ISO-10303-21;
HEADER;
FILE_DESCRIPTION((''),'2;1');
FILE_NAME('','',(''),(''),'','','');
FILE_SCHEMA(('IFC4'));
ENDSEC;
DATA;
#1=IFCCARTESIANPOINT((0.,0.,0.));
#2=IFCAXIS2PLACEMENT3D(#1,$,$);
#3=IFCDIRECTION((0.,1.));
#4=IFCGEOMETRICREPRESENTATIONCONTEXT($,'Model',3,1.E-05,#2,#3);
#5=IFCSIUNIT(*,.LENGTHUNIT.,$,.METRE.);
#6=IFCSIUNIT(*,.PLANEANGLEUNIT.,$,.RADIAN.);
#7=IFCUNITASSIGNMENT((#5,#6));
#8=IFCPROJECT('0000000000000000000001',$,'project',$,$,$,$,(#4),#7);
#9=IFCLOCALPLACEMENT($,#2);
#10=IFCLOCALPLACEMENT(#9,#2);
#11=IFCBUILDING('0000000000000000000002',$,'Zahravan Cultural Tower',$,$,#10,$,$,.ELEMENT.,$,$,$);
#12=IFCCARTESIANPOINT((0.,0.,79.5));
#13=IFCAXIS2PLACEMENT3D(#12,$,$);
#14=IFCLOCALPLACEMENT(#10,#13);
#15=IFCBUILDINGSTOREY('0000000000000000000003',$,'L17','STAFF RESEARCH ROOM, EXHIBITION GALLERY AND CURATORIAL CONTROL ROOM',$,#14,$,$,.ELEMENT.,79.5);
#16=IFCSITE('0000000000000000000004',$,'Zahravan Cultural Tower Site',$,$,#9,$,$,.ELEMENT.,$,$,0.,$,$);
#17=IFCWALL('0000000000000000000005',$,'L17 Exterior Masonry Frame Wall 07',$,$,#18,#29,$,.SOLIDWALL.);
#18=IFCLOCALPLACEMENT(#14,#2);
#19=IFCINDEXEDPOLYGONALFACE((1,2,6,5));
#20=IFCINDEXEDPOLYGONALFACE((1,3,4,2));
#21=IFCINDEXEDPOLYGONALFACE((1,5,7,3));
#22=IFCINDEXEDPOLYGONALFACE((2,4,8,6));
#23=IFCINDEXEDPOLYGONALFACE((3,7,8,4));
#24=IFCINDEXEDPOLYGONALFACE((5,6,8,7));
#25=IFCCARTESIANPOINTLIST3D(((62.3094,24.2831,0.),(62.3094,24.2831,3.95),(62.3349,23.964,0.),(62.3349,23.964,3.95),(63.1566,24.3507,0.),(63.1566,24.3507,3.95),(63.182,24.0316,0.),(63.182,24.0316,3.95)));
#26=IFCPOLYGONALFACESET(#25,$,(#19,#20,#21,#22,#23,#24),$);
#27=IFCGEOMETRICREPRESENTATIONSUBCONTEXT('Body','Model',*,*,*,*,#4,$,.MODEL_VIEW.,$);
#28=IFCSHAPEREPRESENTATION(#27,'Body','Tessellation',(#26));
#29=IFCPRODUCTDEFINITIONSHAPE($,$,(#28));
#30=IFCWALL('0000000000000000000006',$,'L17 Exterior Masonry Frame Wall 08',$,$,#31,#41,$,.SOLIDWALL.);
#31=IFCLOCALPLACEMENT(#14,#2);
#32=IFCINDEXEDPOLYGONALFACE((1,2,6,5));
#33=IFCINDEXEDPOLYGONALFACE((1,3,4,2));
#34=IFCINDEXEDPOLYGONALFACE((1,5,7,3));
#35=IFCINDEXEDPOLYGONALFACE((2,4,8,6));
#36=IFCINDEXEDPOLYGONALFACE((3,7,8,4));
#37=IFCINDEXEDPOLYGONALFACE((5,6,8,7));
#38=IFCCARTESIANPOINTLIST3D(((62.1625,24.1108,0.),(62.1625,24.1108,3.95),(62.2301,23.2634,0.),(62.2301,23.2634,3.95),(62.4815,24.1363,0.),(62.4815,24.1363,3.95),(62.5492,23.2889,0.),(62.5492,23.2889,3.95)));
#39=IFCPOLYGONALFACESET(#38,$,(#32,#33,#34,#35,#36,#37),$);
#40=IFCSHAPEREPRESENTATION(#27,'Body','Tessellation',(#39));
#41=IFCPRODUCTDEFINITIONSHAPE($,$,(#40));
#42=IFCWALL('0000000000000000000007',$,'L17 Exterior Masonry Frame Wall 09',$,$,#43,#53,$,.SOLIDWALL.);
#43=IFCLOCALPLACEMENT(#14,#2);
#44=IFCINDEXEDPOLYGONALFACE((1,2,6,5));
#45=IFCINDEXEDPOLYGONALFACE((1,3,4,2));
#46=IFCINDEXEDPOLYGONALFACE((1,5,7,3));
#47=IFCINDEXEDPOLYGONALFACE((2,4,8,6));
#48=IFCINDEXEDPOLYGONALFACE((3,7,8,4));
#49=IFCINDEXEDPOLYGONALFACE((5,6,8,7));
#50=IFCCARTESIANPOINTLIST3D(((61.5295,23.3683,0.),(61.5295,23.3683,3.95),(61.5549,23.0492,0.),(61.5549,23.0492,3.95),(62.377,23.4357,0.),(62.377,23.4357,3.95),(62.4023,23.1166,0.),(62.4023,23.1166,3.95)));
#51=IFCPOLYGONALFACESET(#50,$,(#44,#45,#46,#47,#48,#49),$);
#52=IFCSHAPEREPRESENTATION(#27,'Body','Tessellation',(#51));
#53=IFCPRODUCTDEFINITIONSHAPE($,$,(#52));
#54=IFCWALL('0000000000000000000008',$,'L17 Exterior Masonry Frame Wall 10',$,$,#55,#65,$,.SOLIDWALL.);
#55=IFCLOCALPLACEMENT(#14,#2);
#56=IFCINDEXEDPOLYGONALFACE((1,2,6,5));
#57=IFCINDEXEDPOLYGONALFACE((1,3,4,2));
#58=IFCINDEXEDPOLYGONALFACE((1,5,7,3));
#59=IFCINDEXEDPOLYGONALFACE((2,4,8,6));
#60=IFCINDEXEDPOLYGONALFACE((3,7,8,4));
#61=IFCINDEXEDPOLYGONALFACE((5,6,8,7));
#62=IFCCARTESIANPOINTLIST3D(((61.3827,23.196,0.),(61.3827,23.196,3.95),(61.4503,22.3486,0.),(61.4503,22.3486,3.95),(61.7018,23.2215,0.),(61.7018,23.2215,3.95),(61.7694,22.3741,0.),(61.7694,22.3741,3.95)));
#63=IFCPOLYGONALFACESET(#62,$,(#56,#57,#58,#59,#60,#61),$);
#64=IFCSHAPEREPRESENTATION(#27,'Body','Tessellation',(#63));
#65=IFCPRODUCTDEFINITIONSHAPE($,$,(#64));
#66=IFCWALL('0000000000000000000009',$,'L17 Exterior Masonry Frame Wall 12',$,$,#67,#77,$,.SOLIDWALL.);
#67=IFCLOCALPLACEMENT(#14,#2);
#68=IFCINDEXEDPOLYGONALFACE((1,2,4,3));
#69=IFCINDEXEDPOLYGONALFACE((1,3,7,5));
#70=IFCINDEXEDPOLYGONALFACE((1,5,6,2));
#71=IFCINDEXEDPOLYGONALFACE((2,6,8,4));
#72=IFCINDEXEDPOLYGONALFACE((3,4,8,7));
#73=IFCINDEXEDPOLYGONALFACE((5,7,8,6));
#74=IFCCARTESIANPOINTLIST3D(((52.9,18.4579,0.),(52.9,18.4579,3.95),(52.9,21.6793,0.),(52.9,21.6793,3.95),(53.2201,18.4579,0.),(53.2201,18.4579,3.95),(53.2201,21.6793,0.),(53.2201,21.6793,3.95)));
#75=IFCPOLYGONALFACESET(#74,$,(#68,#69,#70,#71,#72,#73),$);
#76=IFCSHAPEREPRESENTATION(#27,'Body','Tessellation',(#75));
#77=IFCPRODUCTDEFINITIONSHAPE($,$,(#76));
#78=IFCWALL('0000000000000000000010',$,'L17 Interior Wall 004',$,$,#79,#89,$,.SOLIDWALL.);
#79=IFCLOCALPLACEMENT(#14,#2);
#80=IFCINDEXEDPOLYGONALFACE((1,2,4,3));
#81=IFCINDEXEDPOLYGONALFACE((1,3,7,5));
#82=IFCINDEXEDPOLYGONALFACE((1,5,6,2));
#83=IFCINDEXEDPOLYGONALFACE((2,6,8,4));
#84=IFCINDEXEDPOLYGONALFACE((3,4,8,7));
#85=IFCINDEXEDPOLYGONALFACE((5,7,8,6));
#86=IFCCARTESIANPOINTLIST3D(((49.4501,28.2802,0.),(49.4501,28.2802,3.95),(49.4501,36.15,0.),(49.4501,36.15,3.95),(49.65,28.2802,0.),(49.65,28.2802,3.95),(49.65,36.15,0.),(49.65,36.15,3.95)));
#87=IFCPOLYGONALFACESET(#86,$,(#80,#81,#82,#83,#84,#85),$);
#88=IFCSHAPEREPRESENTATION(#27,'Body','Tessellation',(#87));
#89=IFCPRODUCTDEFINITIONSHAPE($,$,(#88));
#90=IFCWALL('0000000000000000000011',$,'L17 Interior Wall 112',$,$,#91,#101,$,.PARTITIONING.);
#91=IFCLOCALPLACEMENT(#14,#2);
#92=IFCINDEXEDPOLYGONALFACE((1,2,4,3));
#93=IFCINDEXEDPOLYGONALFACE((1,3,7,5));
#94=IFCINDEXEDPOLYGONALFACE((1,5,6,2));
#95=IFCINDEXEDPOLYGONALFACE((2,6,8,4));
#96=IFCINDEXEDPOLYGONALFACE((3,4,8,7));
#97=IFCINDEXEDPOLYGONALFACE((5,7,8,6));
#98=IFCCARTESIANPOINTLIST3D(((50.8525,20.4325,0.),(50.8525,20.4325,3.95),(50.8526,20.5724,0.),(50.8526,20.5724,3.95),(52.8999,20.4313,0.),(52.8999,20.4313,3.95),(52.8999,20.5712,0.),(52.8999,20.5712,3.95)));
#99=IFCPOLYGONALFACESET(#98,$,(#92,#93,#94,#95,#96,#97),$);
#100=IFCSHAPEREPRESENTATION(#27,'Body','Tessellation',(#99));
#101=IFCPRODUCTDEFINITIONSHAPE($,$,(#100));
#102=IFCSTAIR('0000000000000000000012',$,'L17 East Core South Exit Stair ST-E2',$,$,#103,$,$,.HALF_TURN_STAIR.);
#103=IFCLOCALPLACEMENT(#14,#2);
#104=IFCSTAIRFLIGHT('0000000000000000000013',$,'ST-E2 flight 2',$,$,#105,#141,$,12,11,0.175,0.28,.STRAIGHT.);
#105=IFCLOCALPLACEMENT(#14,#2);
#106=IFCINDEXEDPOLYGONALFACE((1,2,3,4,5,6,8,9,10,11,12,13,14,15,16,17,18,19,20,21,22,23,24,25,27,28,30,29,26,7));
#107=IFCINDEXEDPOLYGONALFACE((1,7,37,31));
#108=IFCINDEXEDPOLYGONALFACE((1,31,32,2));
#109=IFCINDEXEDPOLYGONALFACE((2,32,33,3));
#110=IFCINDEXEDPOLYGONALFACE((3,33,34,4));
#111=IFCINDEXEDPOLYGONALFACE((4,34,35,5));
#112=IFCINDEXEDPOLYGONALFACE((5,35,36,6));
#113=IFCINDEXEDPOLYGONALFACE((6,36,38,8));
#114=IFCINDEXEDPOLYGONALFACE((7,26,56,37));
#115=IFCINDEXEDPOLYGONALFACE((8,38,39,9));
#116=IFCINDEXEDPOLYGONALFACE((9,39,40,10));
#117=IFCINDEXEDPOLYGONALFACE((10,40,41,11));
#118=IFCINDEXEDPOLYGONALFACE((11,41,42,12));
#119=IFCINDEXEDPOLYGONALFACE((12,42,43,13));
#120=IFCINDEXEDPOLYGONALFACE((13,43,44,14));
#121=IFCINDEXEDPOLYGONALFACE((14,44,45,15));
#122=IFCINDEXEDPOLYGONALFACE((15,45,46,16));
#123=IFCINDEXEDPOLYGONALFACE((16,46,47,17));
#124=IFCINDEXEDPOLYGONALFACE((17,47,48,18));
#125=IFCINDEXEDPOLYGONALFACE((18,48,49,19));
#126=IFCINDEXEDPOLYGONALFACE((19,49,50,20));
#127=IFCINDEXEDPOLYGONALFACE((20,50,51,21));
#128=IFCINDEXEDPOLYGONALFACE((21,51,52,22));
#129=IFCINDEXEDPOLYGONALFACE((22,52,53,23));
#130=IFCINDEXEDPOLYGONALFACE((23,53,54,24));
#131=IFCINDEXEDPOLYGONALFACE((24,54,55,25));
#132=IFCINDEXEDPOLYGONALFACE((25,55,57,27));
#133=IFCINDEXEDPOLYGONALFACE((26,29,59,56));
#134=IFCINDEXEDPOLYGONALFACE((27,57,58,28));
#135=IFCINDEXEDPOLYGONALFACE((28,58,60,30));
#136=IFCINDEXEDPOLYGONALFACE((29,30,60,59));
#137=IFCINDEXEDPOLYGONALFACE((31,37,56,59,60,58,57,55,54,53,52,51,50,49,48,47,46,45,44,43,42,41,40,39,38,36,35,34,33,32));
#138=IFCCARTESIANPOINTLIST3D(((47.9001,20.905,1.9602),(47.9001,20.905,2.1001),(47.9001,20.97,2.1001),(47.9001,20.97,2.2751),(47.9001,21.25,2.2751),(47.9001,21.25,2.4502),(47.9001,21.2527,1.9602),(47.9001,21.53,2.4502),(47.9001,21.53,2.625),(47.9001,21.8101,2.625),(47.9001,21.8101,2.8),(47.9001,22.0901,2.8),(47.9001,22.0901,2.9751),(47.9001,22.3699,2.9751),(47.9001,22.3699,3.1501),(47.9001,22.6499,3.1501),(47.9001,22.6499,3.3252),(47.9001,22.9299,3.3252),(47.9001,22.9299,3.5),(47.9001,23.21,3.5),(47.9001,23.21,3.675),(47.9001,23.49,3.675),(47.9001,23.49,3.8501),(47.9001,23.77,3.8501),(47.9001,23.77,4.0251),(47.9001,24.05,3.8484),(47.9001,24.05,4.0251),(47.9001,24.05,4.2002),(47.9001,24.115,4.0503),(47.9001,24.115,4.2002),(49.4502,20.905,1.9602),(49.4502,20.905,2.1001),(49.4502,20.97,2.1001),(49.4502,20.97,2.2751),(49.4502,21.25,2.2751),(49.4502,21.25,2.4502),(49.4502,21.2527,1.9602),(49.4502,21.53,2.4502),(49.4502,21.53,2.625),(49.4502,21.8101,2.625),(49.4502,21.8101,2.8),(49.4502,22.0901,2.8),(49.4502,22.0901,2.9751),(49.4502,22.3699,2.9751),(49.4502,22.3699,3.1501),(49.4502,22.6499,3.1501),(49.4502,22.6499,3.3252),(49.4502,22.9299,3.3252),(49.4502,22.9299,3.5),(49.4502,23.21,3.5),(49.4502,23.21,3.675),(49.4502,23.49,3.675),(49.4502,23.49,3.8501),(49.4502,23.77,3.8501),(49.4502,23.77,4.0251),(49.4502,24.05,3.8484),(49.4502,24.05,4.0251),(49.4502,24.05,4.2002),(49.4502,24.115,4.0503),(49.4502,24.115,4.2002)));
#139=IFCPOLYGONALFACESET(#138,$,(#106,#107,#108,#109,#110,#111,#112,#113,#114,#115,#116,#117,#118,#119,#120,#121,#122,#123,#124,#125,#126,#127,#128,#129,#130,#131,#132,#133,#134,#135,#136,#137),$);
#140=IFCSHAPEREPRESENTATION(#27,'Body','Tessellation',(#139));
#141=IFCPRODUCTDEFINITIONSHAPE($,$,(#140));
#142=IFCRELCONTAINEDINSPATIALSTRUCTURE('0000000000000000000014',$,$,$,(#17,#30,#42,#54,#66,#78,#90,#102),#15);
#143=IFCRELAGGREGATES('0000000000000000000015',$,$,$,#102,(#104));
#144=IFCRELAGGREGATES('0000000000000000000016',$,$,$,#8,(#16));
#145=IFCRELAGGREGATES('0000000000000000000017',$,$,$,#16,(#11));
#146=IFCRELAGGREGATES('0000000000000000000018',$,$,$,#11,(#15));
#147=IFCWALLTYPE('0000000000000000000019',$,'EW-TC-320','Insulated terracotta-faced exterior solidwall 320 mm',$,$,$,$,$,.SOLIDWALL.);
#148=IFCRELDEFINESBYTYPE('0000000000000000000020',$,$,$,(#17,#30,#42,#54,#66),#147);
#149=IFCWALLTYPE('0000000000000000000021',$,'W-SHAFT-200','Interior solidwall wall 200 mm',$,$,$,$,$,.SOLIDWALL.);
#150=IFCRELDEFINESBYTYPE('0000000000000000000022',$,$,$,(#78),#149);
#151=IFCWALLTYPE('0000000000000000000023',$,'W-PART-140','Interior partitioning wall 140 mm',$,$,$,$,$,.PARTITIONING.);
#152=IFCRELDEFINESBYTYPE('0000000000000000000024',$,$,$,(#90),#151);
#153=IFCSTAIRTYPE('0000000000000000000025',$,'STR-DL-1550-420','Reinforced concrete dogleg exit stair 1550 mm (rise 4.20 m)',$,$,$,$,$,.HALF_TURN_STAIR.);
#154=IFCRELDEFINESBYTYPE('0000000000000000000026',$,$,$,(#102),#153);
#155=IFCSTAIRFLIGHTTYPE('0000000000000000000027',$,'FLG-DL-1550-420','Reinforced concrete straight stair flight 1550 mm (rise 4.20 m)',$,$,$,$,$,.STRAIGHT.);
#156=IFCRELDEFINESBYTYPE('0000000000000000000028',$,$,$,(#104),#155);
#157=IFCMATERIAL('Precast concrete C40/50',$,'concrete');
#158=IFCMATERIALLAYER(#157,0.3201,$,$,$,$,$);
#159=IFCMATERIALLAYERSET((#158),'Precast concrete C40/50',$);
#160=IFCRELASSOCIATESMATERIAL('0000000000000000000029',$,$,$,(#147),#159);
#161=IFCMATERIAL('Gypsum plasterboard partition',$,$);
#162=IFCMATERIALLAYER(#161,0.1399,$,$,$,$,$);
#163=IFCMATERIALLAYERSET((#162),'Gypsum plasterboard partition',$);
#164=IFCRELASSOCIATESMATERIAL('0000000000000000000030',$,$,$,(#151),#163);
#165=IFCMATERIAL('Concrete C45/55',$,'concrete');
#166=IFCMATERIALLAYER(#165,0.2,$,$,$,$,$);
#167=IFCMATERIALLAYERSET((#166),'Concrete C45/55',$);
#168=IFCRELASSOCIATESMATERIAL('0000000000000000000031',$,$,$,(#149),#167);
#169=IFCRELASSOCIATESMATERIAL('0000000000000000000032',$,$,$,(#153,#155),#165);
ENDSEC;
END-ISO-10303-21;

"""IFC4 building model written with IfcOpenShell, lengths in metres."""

from ifc_helpers import new_model, si_unit, direction, frame, frame_2d, origin, place, context, subcontext, project, spatial, polyline, rectangle, outline, extrude, source, transform, mapped, material, layer, layer_set, type_object, element, aggregate, save


model = new_model("IFC4")

# Units and contexts
model_context = context("Model", 3, precision=1e-05, world=origin(), true_north=direction((0.0, 1.0)))
body_context = subcontext(model_context, "Body", "Model", "MODEL_VIEW")
ifc_project = project(units=[si_unit("LENGTHUNIT", "METRE"), si_unit("PLANEANGLEUNIT", "RADIAN")], contexts=[model_context])

# Site, building, storey
site_placement = place(None, origin())
site = spatial("IfcSite", under=ifc_project, at=site_placement, Name="Zahravan Cultural Tower Site", CompositionType="ELEMENT", RefElevation=0.0)
building_placement = place(site_placement, origin())
building = spatial("IfcBuilding", under=site, at=building_placement, Name="Zahravan Cultural Tower", CompositionType="ELEMENT")
storey_placement = place(building_placement, frame((0.0, 0.0, 79.5)))
storey = spatial("IfcBuildingStorey", under=building, at=storey_placement, Name="L17", Description="STAFF RESEARCH ROOM, EXHIBITION GALLERY AND CURATORIAL CONTROL ROOM", CompositionType="ELEMENT", Elevation=79.5)

# Shared definitions
ifc_material_1 = material(Name="Precast concrete C40/50", Category="concrete")
ifc_layer_1 = layer(ifc_material_1, 0.3201)
ifc_layer_set_1 = layer_set([ifc_layer_1], Name="Precast concrete C40/50")
wall_type_1 = type_object("IfcWallType", Name="EW-TC-320", Description="Insulated terracotta-faced exterior solidwall 320 mm", PredefinedType="SOLIDWALL", material=ifc_layer_set_1)

# Shared definitions
ifc_material_2 = material(Name="Gypsum plasterboard partition")
ifc_layer_2 = layer(ifc_material_2, 0.1399)
ifc_layer_set_2 = layer_set([ifc_layer_2], Name="Gypsum plasterboard partition")
wall_type_2 = type_object("IfcWallType", Name="W-PART-140", Description="Interior partitioning wall 140 mm", PredefinedType="PARTITIONING", material=ifc_layer_set_2)

# Walls
shared_shape_1 = source(origin(), body_context, "Body", "SweptSolid", [
    extrude(rectangle(XDim=0.8499, YDim=0.3201, at=frame_2d((0.4248, 0.0))), origin(), (0.0, 0.0, 1.0), 3.95),
])
wall_1_placement = place(storey_placement, frame((63.1692, 24.1912, 0.0), z_axis=(0.0, 0.0, 1.0), x_axis=(-0.996829, -0.079574, 0.0)))
element("IfcWall", 1, at=wall_1_placement, inside=storey, type_object=wall_type_1, Name="L17 Exterior Masonry Frame Wall 07", PredefinedType="SOLIDWALL", context=body_context, shape_type="MappedRepresentation", body=[
    mapped(shared_shape_1, transform((0.0, 0.0, 0.0), x_axis=(1.0, 0.0, 0.0), y_axis=(0.0, 1.0, 0.0), z_axis=(0.0, 0.0, 1.0), scale=1.0)),
])
shared_shape_2 = source(origin(), body_context, "Body", "SweptSolid", [
    extrude(rectangle(XDim=0.8501, YDim=0.3201, at=frame_2d((0.425, 0.0))), origin(), (0.0, 0.0, 1.0), 3.95),
])
for number, where, z_axis, x_axis, name in (
    (2, (62.322, 24.1235, 0.0), (0.0, 0.0, 1.0), (0.079551, -0.996831, 0.0), "L17 Exterior Masonry Frame Wall 08"),
    (3, (62.3896, 23.2761, 0.0), (0.0, 0.0, 1.0), (-0.996854, -0.079266, 0.0), "L17 Exterior Masonry Frame Wall 09"),
    (4, (61.5422, 23.2087, 0.0), (0.0, 0.0, 1.0), (0.079551, -0.996831, 0.0), "L17 Exterior Masonry Frame Wall 10"),
):
    element("IfcWall", number, at=place(storey_placement, frame(where, z_axis=z_axis, x_axis=x_axis)), inside=storey, type_object=wall_type_1, Name=name, PredefinedType="SOLIDWALL", context=body_context, shape_type="MappedRepresentation", body=[
        mapped(shared_shape_2, transform((0.0, 0.0, 0.0), x_axis=(1.0, 0.0, 0.0), y_axis=(0.0, 1.0, 0.0), z_axis=(0.0, 0.0, 1.0), scale=1.0)),
    ])
shared_shape_3 = source(origin(), body_context, "Body", "SweptSolid", [
    extrude(rectangle(XDim=3.2214, YDim=0.3201, at=frame_2d((1.6108, 0.0))), origin(), (0.0, 0.0, 1.0), 3.95),
])
wall_2_placement = place(storey_placement, frame((53.0601, 21.6794, 0.0), z_axis=(0.0, 0.0, 1.0), x_axis=(0.0, -1.0, 0.0)))
element("IfcWall", 5, at=wall_2_placement, inside=storey, type_object=wall_type_1, Name="L17 Exterior Masonry Frame Wall 12", PredefinedType="SOLIDWALL", context=body_context, shape_type="MappedRepresentation", body=[
    mapped(shared_shape_3, transform((0.0, 0.0, 0.0), x_axis=(1.0, 0.0, 0.0), y_axis=(0.0, 1.0, 0.0), z_axis=(0.0, 0.0, 1.0), scale=1.0)),
])
ifc_material_3 = material(Name="Concrete C45/55", Category="concrete")
ifc_layer_3 = layer(ifc_material_3, 0.2)
ifc_layer_set_3 = layer_set([ifc_layer_3], Name="Concrete C45/55")
wall_type_3 = type_object("IfcWallType", Name="W-SHAFT-200", Description="Interior solidwall wall 200 mm", PredefinedType="SOLIDWALL", material=ifc_layer_set_3)
shared_shape_4 = source(origin(), body_context, "Body", "SweptSolid", [
    extrude(rectangle(XDim=7.8699, YDim=0.2, at=frame_2d((3.9351, 0.0))), origin(), (0.0, 0.0, 1.0), 3.95),
])
wall_3_placement = place(storey_placement, frame((49.55, 28.28, 0.0), z_axis=(0.0, 0.0, 1.0), x_axis=(0.0, 1.0, 0.0)))
element("IfcWall", 6, at=wall_3_placement, inside=storey, type_object=wall_type_3, Name="L17 Interior Wall 004", PredefinedType="SOLIDWALL", context=body_context, shape_type="MappedRepresentation", body=[
    mapped(shared_shape_4, transform((0.0, 0.0, 0.0), x_axis=(1.0, 0.0, 0.0), y_axis=(0.0, 1.0, 0.0), z_axis=(0.0, 0.0, 1.0), scale=1.0)),
])
shared_shape_5 = source(origin(), body_context, "Body", "SweptSolid", [
    extrude(rectangle(XDim=2.0474, YDim=0.1399, at=frame_2d((1.0237, 0.0))), origin(), (0.0, 0.0, 1.0), 3.95),
])
wall_4_placement = place(storey_placement, frame((50.8525, 20.5024, 0.0), z_axis=(0.0, 0.0, 1.0), x_axis=(1.0, -0.000596, 0.0)))
element("IfcWall", 7, at=wall_4_placement, inside=storey, type_object=wall_type_2, Name="L17 Interior Wall 112", PredefinedType="PARTITIONING", context=body_context, shape_type="MappedRepresentation", body=[
    mapped(shared_shape_5, transform((0.0, 0.0, 0.0), x_axis=(1.0, 0.0, 0.0), y_axis=(0.0, 1.0, 0.0), z_axis=(0.0, 0.0, 1.0), scale=1.0)),
])

# Stair, stair flight
stair_type = type_object("IfcStairType", Name="STR-DL-1550-420", Description="Reinforced concrete dogleg exit stair 1550 mm (rise 4.20 m)", PredefinedType="HALF_TURN_STAIR", material=ifc_material_3)
stair_placement = place(storey_placement, origin())
stair = element("IfcStair", 8, at=stair_placement, inside=storey, type_object=stair_type, Name="L17 East Core South Exit Stair ST-E2", PredefinedType="HALF_TURN_STAIR")
stair_flight_type = type_object("IfcStairFlightType", Name="FLG-DL-1550-420", Description="Reinforced concrete straight stair flight 1550 mm (rise 4.20 m)", PredefinedType="STRAIGHT", material=ifc_material_3)
stair_flight_placement = place(storey_placement, frame((48.675, 20.97, 2.1001), z_axis=(0.0, 0.0, 1.0), x_axis=(0.0, 1.0, 0.0)))
stair_flight = element("IfcStairFlight", 9, at=stair_flight_placement, type_object=stair_flight_type, Name="ST-E2 flight 2", NumberOfRisers=12, NumberOfTreads=11, PredefinedType="STRAIGHT", RiserHeight=0.175, TreadLength=0.28, context=body_context, shape_type="SweptSolid", body=[
    extrude(outline(polyline([(-0.0649, -0.1399), (-0.0649, 0.0), (0.0, 0.0), (0.0, 0.175), (0.28, 0.175), (0.28, 0.3501), (0.5601, 0.3501), (0.5601, 0.5249), (0.8401, 0.5249), (0.8401, 0.7), (1.1201, 0.7), (1.1201, 0.875), (1.3999, 0.875), (1.3999, 1.05), (1.6799, 1.05), (1.6799, 1.2251), (1.96, 1.2251), (1.96, 1.3999), (2.24, 1.3999), (2.24, 1.575), (2.52, 1.575), (2.52, 1.75), (2.8, 1.75), (2.8, 1.925), (3.0801, 1.925), (3.0801, 2.1001), (3.145, 2.1001), (3.145, 1.9502), (3.0801, 1.7483), (0.2827, -0.1399), (-0.0649, -0.1399)])), frame((0.0, 0.7749, 0.0), z_axis=(0.0, -1.0, 0.0), x_axis=(1.0, 0.0, 0.0)), (0.0, 0.0, 1.0), 1.55),
])
aggregate(stair, [stair_flight])

save(model, "model.ifc")
